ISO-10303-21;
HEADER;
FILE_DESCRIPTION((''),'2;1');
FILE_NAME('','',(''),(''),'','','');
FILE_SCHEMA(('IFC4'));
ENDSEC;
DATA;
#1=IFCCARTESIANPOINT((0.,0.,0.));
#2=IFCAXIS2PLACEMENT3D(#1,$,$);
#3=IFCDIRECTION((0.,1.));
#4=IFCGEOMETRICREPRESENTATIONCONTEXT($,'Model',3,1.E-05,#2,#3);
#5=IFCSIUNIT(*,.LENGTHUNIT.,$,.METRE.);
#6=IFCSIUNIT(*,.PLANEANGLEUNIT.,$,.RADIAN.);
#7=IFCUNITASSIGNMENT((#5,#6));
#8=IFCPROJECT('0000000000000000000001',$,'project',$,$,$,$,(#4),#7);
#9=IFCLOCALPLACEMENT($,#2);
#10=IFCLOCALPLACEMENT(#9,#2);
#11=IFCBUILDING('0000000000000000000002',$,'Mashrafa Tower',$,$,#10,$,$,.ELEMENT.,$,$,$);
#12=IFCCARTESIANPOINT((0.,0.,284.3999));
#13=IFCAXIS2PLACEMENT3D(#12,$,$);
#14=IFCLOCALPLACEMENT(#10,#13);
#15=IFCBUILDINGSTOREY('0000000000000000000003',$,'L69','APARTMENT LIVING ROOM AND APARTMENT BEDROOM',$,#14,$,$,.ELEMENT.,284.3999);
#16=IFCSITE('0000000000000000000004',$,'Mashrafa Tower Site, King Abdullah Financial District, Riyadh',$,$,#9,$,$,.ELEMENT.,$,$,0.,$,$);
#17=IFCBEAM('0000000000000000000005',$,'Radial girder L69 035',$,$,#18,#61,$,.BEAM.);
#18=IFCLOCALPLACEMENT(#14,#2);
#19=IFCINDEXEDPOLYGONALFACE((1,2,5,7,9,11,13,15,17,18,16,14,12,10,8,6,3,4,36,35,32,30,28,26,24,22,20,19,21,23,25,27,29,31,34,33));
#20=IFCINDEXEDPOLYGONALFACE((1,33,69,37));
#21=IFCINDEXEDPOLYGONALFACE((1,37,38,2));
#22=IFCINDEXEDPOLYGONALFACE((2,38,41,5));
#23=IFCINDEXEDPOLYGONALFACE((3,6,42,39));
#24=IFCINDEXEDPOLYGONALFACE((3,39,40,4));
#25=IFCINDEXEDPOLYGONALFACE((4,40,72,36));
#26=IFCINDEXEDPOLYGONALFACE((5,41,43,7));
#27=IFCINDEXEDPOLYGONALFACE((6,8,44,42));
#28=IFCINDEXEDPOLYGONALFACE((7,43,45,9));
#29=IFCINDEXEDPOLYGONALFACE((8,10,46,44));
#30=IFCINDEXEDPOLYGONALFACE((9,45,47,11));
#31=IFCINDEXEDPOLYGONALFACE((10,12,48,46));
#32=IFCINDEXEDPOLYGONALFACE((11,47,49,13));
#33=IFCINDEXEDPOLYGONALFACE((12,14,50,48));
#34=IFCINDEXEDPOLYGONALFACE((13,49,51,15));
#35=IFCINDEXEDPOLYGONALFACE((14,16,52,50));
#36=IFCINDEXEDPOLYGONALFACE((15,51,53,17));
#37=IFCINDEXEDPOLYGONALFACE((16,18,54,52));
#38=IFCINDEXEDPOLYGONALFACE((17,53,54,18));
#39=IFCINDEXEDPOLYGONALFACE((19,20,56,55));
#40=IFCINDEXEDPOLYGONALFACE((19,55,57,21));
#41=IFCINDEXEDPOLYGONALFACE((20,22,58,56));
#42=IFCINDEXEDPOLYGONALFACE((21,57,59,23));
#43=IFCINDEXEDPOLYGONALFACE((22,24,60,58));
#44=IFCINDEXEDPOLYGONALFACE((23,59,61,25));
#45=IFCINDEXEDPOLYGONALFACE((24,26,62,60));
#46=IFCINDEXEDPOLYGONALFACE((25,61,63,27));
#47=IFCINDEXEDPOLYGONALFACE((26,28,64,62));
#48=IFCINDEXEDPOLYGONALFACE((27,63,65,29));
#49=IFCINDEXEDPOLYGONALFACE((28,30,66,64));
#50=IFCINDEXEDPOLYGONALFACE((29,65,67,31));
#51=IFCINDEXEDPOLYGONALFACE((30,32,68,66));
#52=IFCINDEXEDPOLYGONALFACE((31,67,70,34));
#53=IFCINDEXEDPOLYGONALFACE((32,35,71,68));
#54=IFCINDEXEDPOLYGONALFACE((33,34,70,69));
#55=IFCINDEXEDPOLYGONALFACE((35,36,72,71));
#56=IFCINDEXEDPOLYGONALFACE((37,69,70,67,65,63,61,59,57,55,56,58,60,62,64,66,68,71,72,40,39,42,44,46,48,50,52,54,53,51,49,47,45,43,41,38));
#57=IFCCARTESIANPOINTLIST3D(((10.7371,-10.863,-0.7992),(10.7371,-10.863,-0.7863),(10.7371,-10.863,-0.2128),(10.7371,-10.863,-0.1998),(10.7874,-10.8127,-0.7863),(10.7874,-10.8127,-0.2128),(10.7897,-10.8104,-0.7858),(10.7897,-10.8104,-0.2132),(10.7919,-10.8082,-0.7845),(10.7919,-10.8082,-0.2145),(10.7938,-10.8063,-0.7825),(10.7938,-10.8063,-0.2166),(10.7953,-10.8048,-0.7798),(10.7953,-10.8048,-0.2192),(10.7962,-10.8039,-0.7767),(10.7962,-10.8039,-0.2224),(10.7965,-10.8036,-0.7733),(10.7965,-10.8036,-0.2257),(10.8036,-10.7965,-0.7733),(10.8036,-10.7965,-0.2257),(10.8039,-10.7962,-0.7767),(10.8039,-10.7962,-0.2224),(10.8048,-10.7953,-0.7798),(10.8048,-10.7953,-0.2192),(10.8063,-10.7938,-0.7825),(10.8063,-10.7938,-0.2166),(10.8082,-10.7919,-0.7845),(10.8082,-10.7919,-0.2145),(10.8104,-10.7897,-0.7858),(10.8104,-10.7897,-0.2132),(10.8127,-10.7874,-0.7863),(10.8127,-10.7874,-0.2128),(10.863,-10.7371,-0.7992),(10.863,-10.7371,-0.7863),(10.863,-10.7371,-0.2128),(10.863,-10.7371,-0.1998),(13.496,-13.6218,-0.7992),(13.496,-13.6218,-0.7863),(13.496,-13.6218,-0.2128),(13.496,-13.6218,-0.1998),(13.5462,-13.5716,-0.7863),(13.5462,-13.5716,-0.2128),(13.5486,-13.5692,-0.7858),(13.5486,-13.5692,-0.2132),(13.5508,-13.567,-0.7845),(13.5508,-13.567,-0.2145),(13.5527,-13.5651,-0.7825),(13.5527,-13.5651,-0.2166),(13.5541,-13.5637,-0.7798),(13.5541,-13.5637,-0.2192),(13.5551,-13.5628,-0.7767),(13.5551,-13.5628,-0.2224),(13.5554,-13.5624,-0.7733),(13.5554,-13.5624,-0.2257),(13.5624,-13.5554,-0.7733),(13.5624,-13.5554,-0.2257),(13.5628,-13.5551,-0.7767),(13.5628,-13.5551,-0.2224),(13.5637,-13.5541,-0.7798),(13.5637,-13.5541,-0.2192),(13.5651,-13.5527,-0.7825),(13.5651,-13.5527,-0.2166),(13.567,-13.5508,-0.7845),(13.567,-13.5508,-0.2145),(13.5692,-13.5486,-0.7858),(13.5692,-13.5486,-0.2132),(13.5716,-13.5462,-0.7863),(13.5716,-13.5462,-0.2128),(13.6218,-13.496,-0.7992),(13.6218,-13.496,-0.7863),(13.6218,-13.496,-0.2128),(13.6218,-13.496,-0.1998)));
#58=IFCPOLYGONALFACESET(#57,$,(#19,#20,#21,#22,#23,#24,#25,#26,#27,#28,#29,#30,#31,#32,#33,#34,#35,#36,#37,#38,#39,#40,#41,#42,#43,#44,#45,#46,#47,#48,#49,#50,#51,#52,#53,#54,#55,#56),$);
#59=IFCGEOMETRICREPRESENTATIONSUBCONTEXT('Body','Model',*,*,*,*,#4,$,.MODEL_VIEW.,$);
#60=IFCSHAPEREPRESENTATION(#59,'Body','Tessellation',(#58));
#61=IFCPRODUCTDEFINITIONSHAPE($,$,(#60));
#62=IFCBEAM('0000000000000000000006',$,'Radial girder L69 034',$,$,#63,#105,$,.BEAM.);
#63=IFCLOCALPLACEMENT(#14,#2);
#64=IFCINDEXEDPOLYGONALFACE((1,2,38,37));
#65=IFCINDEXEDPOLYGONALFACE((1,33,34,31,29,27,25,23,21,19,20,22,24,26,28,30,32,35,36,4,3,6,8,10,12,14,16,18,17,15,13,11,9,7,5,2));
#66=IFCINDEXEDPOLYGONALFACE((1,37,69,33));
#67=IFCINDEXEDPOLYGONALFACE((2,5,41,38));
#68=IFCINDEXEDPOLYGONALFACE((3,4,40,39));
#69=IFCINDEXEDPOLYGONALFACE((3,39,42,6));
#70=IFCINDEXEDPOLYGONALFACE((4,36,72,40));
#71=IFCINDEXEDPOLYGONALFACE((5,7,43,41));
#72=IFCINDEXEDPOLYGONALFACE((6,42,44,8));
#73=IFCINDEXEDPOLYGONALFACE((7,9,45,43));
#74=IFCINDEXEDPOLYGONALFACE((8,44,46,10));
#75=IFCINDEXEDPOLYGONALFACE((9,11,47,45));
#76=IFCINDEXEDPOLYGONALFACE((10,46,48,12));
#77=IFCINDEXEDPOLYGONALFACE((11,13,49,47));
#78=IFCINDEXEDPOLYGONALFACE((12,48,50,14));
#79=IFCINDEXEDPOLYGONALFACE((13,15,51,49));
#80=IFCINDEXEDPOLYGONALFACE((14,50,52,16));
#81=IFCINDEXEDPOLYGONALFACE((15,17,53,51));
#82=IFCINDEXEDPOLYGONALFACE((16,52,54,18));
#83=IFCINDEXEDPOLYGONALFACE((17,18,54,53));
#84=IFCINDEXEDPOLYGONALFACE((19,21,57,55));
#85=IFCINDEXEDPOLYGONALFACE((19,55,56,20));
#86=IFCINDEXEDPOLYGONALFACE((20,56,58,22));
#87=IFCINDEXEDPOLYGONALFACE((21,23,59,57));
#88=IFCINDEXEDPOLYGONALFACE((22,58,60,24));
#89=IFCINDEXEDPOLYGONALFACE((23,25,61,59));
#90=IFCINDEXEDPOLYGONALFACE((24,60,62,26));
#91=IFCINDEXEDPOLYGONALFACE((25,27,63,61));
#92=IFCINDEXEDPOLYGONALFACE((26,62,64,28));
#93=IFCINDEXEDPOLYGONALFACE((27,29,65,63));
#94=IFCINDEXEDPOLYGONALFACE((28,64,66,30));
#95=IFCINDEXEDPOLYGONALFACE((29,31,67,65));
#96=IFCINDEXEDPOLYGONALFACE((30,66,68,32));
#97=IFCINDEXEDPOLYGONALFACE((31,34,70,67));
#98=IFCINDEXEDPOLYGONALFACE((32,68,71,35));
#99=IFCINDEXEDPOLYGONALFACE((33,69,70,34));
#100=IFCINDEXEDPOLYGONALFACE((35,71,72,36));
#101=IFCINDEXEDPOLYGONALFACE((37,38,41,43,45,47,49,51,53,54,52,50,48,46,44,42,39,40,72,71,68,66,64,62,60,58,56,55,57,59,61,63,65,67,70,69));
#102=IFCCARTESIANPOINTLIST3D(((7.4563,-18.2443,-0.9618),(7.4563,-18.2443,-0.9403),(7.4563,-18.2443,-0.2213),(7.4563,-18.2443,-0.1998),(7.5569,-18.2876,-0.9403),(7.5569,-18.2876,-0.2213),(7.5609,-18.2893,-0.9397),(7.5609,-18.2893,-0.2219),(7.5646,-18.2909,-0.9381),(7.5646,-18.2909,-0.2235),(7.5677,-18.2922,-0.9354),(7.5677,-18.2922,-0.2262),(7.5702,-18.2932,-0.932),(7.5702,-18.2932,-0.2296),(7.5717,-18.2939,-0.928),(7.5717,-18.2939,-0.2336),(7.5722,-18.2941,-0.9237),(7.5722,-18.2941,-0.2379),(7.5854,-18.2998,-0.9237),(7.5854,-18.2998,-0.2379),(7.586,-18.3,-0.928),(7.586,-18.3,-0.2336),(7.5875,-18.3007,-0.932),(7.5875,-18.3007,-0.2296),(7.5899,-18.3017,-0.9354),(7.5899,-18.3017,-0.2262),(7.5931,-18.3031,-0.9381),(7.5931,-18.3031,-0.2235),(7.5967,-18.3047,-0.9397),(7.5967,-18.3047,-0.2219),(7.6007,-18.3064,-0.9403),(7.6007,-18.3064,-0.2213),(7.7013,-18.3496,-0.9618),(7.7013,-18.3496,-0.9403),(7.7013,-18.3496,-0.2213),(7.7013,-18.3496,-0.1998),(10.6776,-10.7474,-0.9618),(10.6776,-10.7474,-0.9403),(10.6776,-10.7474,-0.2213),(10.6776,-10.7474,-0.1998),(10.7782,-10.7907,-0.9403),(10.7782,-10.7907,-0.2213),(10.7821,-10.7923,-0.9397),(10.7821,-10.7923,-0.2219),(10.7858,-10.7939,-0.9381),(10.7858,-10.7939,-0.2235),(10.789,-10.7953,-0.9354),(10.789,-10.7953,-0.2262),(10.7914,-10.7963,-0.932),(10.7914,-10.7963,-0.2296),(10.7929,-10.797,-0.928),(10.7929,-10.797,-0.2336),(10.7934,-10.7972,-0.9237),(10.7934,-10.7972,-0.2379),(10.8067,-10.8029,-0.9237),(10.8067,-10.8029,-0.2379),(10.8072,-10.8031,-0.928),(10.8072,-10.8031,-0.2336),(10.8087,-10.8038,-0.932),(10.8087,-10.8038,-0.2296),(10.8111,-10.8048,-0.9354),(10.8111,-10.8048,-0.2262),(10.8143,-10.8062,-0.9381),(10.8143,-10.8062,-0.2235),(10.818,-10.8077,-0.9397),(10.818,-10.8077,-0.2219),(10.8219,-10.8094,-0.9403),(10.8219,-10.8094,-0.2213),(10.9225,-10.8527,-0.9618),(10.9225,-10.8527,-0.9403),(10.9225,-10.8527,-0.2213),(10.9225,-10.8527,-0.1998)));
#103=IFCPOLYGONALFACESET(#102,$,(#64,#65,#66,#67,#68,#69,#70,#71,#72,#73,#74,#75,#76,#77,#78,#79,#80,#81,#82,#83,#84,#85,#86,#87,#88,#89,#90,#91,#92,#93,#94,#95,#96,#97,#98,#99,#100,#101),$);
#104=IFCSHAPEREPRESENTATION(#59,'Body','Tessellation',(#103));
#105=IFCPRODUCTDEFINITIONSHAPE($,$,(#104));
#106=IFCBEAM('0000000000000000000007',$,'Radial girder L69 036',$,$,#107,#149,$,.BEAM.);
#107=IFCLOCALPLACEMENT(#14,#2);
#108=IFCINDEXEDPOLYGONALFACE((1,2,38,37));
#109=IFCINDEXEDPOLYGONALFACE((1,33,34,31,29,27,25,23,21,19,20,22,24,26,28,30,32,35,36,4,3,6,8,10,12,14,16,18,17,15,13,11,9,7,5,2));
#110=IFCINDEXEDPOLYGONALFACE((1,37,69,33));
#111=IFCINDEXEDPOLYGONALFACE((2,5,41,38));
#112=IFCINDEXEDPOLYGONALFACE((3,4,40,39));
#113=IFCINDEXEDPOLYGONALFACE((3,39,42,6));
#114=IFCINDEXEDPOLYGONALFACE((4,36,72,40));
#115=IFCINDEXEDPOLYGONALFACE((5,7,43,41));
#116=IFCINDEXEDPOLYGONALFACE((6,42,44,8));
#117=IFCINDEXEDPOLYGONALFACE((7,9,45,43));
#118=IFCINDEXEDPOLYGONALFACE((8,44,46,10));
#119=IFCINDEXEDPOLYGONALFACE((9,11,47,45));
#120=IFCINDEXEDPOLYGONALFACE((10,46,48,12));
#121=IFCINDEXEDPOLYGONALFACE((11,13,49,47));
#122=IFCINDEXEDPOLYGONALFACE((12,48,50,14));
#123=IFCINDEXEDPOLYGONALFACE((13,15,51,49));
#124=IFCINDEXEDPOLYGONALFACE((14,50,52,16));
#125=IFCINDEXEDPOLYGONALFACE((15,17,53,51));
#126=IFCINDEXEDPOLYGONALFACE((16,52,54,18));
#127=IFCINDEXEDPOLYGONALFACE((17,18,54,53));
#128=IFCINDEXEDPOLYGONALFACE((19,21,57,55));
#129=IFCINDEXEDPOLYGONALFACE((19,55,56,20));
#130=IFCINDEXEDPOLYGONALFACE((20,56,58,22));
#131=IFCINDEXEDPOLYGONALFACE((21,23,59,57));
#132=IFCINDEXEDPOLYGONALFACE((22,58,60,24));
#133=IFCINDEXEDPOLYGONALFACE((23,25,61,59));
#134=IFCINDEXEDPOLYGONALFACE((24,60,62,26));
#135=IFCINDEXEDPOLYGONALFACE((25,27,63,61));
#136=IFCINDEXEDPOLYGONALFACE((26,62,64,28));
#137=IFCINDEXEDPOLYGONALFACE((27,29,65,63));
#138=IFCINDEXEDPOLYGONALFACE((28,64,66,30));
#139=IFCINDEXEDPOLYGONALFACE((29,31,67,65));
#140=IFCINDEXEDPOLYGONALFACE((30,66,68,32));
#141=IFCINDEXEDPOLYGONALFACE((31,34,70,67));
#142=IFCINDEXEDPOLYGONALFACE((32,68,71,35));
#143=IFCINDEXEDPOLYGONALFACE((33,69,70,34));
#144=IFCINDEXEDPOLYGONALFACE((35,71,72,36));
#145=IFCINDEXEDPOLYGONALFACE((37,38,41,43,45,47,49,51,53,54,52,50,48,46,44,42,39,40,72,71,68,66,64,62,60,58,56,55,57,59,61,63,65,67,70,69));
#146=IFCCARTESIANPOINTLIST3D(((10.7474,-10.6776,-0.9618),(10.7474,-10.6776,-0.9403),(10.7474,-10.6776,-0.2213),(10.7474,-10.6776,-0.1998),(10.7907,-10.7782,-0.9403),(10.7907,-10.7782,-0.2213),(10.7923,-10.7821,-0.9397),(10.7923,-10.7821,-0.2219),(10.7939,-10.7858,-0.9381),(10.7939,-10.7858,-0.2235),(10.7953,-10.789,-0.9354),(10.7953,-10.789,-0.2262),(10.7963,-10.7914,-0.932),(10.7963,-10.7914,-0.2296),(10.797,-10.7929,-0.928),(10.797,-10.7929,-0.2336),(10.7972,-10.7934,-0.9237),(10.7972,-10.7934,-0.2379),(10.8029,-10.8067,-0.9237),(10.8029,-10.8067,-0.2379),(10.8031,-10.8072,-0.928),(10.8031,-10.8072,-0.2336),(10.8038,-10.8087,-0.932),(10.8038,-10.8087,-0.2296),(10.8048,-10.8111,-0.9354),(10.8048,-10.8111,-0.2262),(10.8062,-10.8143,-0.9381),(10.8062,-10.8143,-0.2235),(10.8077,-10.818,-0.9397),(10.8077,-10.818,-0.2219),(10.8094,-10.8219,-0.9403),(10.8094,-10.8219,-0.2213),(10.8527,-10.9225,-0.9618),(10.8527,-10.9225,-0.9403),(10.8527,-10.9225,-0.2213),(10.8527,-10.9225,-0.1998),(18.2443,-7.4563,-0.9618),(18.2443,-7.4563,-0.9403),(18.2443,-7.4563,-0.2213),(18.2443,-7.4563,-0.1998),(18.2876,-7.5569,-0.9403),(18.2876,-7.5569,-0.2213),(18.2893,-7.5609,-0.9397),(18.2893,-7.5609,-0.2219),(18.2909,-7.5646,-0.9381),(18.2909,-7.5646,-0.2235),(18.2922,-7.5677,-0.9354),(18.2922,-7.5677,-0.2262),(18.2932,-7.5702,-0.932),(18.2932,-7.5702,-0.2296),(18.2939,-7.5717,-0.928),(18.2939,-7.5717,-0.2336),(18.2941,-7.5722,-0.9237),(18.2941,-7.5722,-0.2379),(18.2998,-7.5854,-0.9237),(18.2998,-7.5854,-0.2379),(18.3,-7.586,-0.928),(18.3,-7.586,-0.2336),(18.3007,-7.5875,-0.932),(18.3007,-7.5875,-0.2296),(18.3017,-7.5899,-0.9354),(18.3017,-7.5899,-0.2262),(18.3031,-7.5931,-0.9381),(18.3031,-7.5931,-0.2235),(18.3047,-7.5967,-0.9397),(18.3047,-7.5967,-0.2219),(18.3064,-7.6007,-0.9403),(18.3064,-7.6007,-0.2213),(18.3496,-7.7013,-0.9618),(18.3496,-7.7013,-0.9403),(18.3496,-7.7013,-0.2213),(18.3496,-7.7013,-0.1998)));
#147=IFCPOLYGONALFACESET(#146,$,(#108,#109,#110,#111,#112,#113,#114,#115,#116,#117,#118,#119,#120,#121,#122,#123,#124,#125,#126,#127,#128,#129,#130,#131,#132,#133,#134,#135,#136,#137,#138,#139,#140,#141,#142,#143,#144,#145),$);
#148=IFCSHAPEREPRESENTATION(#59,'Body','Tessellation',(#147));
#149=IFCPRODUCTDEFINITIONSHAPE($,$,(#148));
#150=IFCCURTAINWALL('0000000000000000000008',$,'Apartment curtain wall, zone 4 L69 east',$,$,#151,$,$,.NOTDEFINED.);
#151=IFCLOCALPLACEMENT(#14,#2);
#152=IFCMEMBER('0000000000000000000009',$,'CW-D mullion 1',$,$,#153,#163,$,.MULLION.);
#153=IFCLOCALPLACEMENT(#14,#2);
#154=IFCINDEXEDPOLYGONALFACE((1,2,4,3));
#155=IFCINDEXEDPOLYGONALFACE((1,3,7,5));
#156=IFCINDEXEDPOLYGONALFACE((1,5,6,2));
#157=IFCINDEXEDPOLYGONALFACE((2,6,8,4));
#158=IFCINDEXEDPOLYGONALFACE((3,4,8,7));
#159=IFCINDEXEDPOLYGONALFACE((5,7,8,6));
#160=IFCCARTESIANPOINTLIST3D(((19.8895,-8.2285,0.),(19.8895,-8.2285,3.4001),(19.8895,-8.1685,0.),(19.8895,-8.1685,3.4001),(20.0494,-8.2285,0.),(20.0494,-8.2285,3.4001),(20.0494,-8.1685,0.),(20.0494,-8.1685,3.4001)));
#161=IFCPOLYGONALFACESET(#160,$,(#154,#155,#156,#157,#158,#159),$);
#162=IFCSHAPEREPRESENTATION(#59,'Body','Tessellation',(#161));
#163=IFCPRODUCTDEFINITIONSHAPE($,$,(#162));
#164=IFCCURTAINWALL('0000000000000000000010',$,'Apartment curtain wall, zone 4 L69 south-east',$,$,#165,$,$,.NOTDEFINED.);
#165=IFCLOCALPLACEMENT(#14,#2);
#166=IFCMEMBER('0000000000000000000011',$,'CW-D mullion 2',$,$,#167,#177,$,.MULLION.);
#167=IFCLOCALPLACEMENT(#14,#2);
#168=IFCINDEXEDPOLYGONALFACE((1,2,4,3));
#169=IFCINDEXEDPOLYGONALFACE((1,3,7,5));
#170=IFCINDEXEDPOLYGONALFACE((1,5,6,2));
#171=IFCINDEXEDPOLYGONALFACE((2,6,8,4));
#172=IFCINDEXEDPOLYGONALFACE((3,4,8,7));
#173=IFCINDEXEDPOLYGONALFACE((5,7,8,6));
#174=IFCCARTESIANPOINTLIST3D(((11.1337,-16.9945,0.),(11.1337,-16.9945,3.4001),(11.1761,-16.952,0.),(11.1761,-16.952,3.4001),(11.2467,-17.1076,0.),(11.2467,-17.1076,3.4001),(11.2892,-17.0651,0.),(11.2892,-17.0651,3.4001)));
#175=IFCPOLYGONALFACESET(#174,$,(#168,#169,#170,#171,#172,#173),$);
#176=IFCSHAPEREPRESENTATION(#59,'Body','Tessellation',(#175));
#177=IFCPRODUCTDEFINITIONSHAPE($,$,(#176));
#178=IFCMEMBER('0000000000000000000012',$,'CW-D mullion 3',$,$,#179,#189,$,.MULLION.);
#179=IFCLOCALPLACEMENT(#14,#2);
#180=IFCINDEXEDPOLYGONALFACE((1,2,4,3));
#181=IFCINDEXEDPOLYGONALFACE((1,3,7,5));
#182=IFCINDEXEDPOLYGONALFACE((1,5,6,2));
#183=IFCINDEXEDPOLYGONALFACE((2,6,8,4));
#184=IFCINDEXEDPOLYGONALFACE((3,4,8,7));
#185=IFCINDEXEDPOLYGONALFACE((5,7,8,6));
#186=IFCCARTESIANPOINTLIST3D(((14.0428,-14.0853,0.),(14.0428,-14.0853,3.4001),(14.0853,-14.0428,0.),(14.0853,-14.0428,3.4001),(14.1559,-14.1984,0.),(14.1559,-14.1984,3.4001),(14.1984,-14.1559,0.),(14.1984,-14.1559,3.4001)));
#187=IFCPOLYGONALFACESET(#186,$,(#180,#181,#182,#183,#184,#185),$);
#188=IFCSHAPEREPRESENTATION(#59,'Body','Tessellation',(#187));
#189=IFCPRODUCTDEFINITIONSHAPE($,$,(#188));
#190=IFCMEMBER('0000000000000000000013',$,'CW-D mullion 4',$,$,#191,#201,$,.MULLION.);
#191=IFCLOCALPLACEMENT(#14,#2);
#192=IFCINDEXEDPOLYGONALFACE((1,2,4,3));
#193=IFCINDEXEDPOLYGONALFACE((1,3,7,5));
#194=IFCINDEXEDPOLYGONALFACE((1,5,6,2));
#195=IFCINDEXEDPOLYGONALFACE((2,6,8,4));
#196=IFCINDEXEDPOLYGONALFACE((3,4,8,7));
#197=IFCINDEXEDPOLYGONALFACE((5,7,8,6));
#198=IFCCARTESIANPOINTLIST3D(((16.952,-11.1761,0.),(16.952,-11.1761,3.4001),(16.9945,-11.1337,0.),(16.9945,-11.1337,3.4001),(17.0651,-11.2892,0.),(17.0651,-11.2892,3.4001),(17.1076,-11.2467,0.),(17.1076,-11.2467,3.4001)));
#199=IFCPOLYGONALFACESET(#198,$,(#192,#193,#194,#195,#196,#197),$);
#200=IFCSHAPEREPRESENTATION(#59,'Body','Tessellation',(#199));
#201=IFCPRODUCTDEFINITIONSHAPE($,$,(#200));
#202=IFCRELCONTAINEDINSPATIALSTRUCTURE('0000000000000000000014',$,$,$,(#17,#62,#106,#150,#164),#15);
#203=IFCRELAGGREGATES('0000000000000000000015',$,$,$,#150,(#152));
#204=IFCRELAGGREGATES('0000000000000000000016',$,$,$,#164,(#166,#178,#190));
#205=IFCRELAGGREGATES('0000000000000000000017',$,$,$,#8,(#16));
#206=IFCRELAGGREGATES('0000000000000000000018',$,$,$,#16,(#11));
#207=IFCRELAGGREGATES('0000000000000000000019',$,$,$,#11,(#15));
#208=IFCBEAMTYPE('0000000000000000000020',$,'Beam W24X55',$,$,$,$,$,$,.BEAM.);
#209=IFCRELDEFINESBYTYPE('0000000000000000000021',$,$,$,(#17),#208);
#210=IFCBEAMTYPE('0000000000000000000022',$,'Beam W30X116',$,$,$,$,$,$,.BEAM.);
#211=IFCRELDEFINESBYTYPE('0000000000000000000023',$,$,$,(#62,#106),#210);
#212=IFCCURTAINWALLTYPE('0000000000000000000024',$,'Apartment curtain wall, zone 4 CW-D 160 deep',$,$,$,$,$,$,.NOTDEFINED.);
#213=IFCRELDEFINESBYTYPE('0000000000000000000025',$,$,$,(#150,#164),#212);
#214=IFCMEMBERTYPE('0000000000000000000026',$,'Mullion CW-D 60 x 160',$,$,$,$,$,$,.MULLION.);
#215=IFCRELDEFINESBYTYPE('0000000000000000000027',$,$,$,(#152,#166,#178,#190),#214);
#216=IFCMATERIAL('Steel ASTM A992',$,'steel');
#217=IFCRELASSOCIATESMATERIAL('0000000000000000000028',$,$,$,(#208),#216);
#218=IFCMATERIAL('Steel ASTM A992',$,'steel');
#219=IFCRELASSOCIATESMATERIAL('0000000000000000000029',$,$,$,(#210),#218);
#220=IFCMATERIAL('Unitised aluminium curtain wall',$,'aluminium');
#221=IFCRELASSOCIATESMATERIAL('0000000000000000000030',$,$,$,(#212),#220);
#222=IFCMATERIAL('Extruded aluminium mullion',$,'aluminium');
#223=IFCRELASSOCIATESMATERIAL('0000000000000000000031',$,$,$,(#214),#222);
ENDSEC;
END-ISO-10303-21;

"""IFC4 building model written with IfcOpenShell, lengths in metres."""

from ifc_helpers import new_model, si_unit, direction, frame, origin, origin_2d, place, context, subcontext, project, spatial, rectangle, i_section, extrude, source, transform, mapped, material, material_profile, profile_set, type_object, type_shapes, element, aggregate, save


model = new_model("IFC4")

# Units and contexts
model_context = context("Model", 3, precision=1e-05, world=origin(), true_north=direction((0.0, 1.0)))
body_context = subcontext(model_context, "Body", "Model", "MODEL_VIEW")
ifc_project = project(units=[si_unit("LENGTHUNIT", "METRE"), si_unit("PLANEANGLEUNIT", "RADIAN")], contexts=[model_context])

# Site, building, storey
site_placement = place(None, origin())
site = spatial("IfcSite", under=ifc_project, at=site_placement, Name="Mashrafa Tower Site, King Abdullah Financial District, Riyadh", CompositionType="ELEMENT", RefElevation=0.0)
building_placement = place(site_placement, origin())
building = spatial("IfcBuilding", under=site, at=building_placement, Name="Mashrafa Tower", CompositionType="ELEMENT")
storey_placement = place(building_placement, frame((0.0, 0.0, 284.3999)))
storey = spatial("IfcBuildingStorey", under=building, at=storey_placement, Name="L69", Description="APARTMENT LIVING ROOM AND APARTMENT BEDROOM", CompositionType="ELEMENT", Elevation=284.3999)

# Beams
ifc_material_1 = material(Name="Steel ASTM A992", Category="steel")
ifc_material_profile_1 = material_profile(ifc_material_1, i_section(OverallWidth=0.178, OverallDepth=0.5994, WebThickness=0.01, FlangeThickness=0.0129, FilletRadius=0.0129, at=origin_2d()), Name="W24X55")
ifc_profile_set_1 = profile_set([ifc_material_profile_1], Name="Steel ASTM A992")
beam_type_1 = type_object("IfcBeamType", Name="Beam W24X55", PredefinedType="BEAM", material=ifc_profile_set_1)
beam_1_placement = place(storey_placement, frame((10.8, -10.8, -0.4995), z_axis=(0.707107, -0.707107, 0.0), x_axis=(0.707107, 0.707107, 0.0)))
element("IfcBeam", 1, at=beam_1_placement, inside=storey, type_object=beam_type_1, Name="Radial girder L69 035", PredefinedType="BEAM", context=body_context, shape_type="SweptSolid", body=[
    extrude(i_section(OverallWidth=0.178, OverallDepth=0.5994, WebThickness=0.01, FlangeThickness=0.0129, FilletRadius=0.0129, at=origin_2d()), origin(), (0.0, 0.0, 1.0), 3.9016),
])
ifc_material_2 = material(Name="Steel ASTM A992", Category="steel")
ifc_material_profile_2 = material_profile(ifc_material_2, i_section(OverallWidth=0.2666, OverallDepth=0.762, WebThickness=0.0144, FlangeThickness=0.0215, FilletRadius=0.0166, at=origin_2d()), Name="W30X116")
ifc_profile_set_2 = profile_set([ifc_material_profile_2], Name="Steel ASTM A992")
beam_type_2 = type_object("IfcBeamType", Name="Beam W30X116", PredefinedType="BEAM", material=ifc_profile_set_2)
for number, where, z_axis, x_axis, name in (
    (2, (10.8, -10.8, -0.5808), (-0.394775, -0.918778, 0.0), (0.918778, -0.394775, 0.0), "Radial girder L69 034"),
    (3, (10.8, -10.8, -0.5808), (0.918778, 0.394775, 0.0), (-0.394775, 0.918778, 0.0), "Radial girder L69 036"),
):
    element("IfcBeam", number, at=place(storey_placement, frame(where, z_axis=z_axis, x_axis=x_axis)), inside=storey, type_object=beam_type_2, Name=name, PredefinedType="BEAM", context=body_context, shape_type="SweptSolid", body=[
        extrude(i_section(OverallWidth=0.2666, OverallDepth=0.762, WebThickness=0.0144, FlangeThickness=0.0215, FilletRadius=0.0166, at=origin_2d()), origin(), (0.0, 0.0, 1.0), 8.1597),
    ])

# Curtain wall, member
ifc_material_3 = material(Name="Unitised aluminium curtain wall", Category="aluminium")
curtain_wall_type = type_object("IfcCurtainWallType", Name="Apartment curtain wall, zone 4 CW-D 160 deep", PredefinedType="NOTDEFINED", material=ifc_material_3)
curtain_wall_1_placement = place(storey_placement, origin())
curtain_wall_1 = element("IfcCurtainWall", 4, at=curtain_wall_1_placement, inside=storey, type_object=curtain_wall_type, Name="Apartment curtain wall, zone 4 L69 east", PredefinedType="NOTDEFINED")
ifc_material_4 = material(Name="Extruded aluminium mullion", Category="aluminium")
ifc_material_profile_3 = material_profile(ifc_material_4, rectangle(XDim=0.1599, YDim=0.0601, at=origin_2d()), Name="Mullion 60x160")
ifc_profile_set_3 = profile_set([ifc_material_profile_3], Name="Extruded aluminium mullion")
member_type_1 = type_object("IfcMemberType", Name="Mullion CW-D 60 x 160", PredefinedType="MULLION", material=ifc_profile_set_3)
shared_shape_1 = source(origin(), body_context, "Body", "SweptSolid", [
    extrude(rectangle(XDim=0.1599, YDim=0.0601, at=origin_2d()), origin(), (0.0, 0.0, 1.0), 3.4001),
])
type_shapes(member_type_1, [shared_shape_1])
member_1_placement = place(storey_placement, frame((19.9695, -8.1985, 0.0), z_axis=(0.0, 0.0, 1.0), x_axis=(-1.0, 0.0, 0.0)))
member_1 = element("IfcMember", 5, at=member_1_placement, type_object=member_type_1, Name="CW-D mullion 1", PredefinedType="MULLION", context=body_context, shape_type="MappedRepresentation", body=[
    mapped(shared_shape_1, transform((0.0, 0.0, 0.0))),
])
aggregate(curtain_wall_1, [member_1])

# Curtain wall, members
curtain_wall_2_placement = place(storey_placement, origin())
curtain_wall_2 = element("IfcCurtainWall", 6, at=curtain_wall_2_placement, inside=storey, type_object=curtain_wall_type, Name="Apartment curtain wall, zone 4 L69 south-east", PredefinedType="NOTDEFINED")
member_2_placement = place(storey_placement, frame((11.2114, -17.0298, 0.0), z_axis=(0.0, 0.0, 1.0), x_axis=(-0.707107, 0.707107, 0.0)))
member_2 = element("IfcMember", 7, at=member_2_placement, type_object=member_type_1, Name="CW-D mullion 2", PredefinedType="MULLION", context=body_context, shape_type="MappedRepresentation", body=[
    mapped(shared_shape_1, transform((0.0, 0.0, 0.0))),
])
member_3_placement = place(storey_placement, frame((14.1206, -14.1206, 0.0), z_axis=(0.0, 0.0, 1.0), x_axis=(-0.707107, 0.707107, 0.0)))
member_3 = element("IfcMember", 8, at=member_3_placement, type_object=member_type_1, Name="CW-D mullion 3", PredefinedType="MULLION", context=body_context, shape_type="MappedRepresentation", body=[
    mapped(shared_shape_1, transform((0.0, 0.0, 0.0))),
])
member_4_placement = place(storey_placement, frame((17.0298, -11.2114, 0.0), z_axis=(0.0, 0.0, 1.0), x_axis=(-0.707107, 0.707107, 0.0)))
member_4 = element("IfcMember", 9, at=member_4_placement, type_object=member_type_1, Name="CW-D mullion 4", PredefinedType="MULLION", context=body_context, shape_type="MappedRepresentation", body=[
    mapped(shared_shape_1, transform((0.0, 0.0, 0.0))),
])
aggregate(curtain_wall_2, [member_2, member_3, member_4])

save(model, "model.ifc")
